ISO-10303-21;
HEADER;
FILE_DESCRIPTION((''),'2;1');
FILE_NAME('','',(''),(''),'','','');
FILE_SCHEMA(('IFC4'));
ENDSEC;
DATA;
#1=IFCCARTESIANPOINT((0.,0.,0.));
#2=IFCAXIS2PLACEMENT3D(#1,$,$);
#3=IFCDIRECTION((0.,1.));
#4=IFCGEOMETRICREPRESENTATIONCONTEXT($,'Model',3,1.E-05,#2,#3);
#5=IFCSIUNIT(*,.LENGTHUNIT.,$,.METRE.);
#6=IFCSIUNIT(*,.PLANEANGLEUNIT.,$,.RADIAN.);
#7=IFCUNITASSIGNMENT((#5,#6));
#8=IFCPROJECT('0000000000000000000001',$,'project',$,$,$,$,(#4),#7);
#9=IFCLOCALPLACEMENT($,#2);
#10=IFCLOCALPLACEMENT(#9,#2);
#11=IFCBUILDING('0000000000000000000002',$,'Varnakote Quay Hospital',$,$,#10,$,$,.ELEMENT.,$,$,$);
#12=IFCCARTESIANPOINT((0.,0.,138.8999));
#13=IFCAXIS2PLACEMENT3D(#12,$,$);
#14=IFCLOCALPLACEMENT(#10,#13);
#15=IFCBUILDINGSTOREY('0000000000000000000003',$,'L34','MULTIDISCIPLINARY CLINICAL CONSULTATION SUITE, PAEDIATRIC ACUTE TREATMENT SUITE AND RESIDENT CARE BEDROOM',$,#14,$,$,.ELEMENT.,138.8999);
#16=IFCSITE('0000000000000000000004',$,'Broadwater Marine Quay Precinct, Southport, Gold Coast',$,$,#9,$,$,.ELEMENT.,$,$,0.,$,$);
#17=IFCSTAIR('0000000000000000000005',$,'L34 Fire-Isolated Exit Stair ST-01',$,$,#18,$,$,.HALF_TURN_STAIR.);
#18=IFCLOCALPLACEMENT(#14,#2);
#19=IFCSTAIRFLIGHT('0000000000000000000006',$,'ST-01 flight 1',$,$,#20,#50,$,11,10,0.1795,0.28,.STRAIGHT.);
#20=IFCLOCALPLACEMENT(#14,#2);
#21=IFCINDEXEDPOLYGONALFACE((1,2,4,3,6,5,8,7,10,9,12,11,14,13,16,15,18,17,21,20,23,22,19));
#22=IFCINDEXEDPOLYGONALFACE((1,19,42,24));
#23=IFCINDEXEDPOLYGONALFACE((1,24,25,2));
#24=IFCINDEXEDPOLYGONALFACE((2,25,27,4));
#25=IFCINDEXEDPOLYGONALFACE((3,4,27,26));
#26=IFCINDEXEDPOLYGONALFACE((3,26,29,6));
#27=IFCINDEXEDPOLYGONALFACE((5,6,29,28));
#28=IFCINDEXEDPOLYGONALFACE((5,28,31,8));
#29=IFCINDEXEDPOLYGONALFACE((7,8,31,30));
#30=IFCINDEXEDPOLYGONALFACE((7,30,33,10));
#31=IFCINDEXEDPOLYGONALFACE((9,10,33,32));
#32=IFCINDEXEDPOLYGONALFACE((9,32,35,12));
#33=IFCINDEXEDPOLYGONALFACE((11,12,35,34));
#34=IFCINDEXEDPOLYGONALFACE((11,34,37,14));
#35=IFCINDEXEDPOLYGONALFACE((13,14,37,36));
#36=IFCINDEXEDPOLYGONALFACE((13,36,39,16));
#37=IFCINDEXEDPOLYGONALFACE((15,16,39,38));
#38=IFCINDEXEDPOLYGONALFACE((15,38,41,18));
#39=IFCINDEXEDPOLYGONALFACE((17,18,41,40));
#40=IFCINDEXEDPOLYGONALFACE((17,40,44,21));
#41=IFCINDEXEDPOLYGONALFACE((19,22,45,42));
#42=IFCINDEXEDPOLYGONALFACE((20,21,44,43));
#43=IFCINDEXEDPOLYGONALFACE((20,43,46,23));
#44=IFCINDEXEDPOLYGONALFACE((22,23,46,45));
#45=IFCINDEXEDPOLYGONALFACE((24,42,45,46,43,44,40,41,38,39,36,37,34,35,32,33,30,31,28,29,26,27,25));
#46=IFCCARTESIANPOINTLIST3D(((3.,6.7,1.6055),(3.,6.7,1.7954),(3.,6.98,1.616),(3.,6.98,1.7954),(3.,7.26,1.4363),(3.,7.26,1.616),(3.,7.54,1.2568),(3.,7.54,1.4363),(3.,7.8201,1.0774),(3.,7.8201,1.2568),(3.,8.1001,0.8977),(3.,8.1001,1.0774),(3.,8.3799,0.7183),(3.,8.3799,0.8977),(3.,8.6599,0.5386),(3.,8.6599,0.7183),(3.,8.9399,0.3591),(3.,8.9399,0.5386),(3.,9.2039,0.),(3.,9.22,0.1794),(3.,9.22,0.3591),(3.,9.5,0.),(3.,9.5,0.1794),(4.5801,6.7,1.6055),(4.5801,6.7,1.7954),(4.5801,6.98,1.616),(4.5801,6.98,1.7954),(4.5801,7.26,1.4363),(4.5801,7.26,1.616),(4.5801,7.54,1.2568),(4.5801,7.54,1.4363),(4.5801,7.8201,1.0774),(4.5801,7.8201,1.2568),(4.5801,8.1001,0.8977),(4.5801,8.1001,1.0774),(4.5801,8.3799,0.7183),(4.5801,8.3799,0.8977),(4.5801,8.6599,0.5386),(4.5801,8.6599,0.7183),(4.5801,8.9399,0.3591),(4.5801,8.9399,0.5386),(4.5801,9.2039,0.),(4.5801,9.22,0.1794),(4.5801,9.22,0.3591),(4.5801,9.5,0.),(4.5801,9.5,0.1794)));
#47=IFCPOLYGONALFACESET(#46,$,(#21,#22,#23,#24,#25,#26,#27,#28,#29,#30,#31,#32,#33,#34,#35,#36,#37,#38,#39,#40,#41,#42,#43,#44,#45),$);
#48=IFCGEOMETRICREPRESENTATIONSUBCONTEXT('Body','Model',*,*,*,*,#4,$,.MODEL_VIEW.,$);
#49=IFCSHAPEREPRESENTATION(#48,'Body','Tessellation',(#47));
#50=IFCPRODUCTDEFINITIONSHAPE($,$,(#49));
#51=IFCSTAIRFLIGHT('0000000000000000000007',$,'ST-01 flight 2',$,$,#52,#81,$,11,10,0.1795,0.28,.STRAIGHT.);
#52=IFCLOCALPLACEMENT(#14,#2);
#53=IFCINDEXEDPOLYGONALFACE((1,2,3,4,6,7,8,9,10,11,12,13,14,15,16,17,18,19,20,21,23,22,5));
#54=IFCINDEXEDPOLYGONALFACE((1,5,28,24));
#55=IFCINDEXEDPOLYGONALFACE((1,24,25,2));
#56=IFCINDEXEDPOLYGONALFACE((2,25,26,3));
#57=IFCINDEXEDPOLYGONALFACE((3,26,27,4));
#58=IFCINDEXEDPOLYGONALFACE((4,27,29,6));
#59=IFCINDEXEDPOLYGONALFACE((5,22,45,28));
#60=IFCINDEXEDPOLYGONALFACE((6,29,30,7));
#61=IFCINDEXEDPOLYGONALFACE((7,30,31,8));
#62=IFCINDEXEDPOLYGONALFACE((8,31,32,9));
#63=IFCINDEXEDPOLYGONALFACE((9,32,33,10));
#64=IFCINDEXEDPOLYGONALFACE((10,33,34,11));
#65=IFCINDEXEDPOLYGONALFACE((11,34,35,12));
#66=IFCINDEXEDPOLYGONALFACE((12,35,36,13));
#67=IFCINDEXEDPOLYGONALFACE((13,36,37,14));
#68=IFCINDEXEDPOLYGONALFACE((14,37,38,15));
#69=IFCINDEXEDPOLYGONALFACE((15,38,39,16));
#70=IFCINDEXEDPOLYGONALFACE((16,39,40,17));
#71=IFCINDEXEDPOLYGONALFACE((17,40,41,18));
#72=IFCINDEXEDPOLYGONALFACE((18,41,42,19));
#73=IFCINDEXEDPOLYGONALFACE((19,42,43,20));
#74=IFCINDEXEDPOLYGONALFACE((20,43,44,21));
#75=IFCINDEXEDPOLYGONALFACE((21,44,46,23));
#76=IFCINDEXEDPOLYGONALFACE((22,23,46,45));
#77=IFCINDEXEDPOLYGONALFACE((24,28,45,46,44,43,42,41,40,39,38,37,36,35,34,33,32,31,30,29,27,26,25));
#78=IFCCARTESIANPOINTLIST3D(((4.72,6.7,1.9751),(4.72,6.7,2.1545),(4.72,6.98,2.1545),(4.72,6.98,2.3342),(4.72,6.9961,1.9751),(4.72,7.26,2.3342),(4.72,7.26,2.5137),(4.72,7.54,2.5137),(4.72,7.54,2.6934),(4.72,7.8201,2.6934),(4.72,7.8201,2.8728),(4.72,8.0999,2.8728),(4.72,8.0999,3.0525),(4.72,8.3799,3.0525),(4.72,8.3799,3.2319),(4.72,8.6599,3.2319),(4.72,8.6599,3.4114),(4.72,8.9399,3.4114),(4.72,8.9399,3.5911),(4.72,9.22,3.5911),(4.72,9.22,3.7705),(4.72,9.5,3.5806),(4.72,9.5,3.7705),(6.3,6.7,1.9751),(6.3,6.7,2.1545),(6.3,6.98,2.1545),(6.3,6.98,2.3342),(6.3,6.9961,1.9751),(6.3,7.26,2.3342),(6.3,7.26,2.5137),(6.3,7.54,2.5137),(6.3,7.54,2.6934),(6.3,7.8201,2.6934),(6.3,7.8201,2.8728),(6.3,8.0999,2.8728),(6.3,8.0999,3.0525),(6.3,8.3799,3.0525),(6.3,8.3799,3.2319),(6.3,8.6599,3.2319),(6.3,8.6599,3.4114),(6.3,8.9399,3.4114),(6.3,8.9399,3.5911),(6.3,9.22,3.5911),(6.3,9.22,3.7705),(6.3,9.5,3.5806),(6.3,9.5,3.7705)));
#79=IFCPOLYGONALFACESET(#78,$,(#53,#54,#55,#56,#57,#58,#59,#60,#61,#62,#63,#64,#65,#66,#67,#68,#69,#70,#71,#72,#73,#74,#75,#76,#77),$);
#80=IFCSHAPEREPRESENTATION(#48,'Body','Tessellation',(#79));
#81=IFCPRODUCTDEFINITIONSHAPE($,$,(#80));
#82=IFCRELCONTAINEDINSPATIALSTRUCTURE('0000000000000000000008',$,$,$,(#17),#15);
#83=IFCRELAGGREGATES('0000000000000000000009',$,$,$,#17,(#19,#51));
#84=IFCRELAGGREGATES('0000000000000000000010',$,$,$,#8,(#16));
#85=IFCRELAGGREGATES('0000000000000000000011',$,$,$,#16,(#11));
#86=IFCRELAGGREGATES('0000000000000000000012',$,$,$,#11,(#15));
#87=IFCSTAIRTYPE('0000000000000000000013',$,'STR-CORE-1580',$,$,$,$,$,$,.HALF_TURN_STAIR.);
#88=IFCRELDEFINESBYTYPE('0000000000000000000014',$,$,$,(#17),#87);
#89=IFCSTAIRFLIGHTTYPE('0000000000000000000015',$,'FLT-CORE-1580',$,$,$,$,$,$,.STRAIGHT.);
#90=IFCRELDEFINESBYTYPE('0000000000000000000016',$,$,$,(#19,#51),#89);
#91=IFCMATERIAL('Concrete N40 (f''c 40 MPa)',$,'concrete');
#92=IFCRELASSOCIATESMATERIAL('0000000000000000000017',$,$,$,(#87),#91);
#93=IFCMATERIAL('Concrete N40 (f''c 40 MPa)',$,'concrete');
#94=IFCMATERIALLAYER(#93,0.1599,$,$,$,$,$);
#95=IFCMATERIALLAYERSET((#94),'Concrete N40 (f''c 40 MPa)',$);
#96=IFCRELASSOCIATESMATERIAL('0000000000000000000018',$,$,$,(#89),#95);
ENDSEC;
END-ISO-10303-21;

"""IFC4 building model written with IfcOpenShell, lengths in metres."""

from ifc_helpers import new_model, si_unit, direction, frame, origin, place, context, subcontext, project, spatial, polyline, outline, extrude, material, layer, layer_set, type_object, element, aggregate, save


model = new_model("IFC4")

# Units and contexts
model_context = context("Model", 3, precision=1e-05, world=origin(), true_north=direction((0.0, 1.0)))
body_context = subcontext(model_context, "Body", "Model", "MODEL_VIEW")
ifc_project = project(units=[si_unit("LENGTHUNIT", "METRE"), si_unit("PLANEANGLEUNIT", "RADIAN")], contexts=[model_context])

# Site, building, storey
site_placement = place(None, origin())
site = spatial("IfcSite", under=ifc_project, at=site_placement, Name="Broadwater Marine Quay Precinct, Southport, Gold Coast", CompositionType="ELEMENT", RefElevation=0.0)
building_placement = place(site_placement, origin())
building = spatial("IfcBuilding", under=site, at=building_placement, Name="Varnakote Quay Hospital", CompositionType="ELEMENT")
storey_placement = place(building_placement, frame((0.0, 0.0, 138.8999)))
storey = spatial("IfcBuildingStorey", under=building, at=storey_placement, Name="L34", Description="MULTIDISCIPLINARY CLINICAL CONSULTATION SUITE, PAEDIATRIC ACUTE TREATMENT SUITE AND RESIDENT CARE BEDROOM", CompositionType="ELEMENT", Elevation=138.8999)

# Stair, stair flights
ifc_material_1 = material(Name="Concrete N40 (f'c 40 MPa)", Category="concrete")
stair_type = type_object("IfcStairType", Name="STR-CORE-1580", PredefinedType="HALF_TURN_STAIR", material=ifc_material_1)
stair_placement = place(storey_placement, origin())
stair = element("IfcStair", 1, at=stair_placement, inside=storey, type_object=stair_type, Name="L34 Fire-Isolated Exit Stair ST-01", PredefinedType="HALF_TURN_STAIR")
ifc_material_2 = material(Name="Concrete N40 (f'c 40 MPa)", Category="concrete")
ifc_layer_1 = layer(ifc_material_2, 0.1599)
ifc_layer_set_1 = layer_set([ifc_layer_1], Name="Concrete N40 (f'c 40 MPa)")
stair_flight_type = type_object("IfcStairFlightType", Name="FLT-CORE-1580", PredefinedType="STRAIGHT", material=ifc_layer_set_1)
stair_flight_1_placement = place(storey_placement, frame((3.79, 9.5, 0.0), z_axis=(0.0, 0.0, 1.0), x_axis=(0.0, -1.0, 0.0)))
stair_flight_1 = element("IfcStairFlight", 2, at=stair_flight_1_placement, type_object=stair_flight_type, Name="ST-01 flight 1", NumberOfRisers=11, NumberOfTreads=10, PredefinedType="STRAIGHT", RiserHeight=0.1795, TreadLength=0.28, context=body_context, shape_type="SweptSolid", body=[
    extrude(outline(polyline([(0.0, 0.0), (0.0, 0.1794), (0.28, 0.1794), (0.28, 0.3591), (0.5601, 0.3591), (0.5601, 0.5386), (0.8401, 0.5386), (0.8401, 0.7183), (1.1201, 0.7183), (1.1201, 0.8977), (1.3999, 0.8977), (1.3999, 1.0774), (1.6799, 1.0774), (1.6799, 1.2568), (1.96, 1.2568), (1.96, 1.4363), (2.24, 1.4363), (2.24, 1.616), (2.52, 1.616), (2.52, 1.7954), (2.8, 1.7954), (2.8, 1.9751), (2.8, 1.6055), (0.2961, 0.0), (0.0, 0.0)])), frame((0.0, 0.79, 0.0), z_axis=(0.0, -1.0, 0.0), x_axis=(1.0, 0.0, 0.0)), (0.0, 0.0, 1.0), 1.5801),
])
stair_flight_2_placement = place(storey_placement, frame((5.51, 6.7, 1.9751), z_axis=(0.0, 0.0, 1.0), x_axis=(0.0, 1.0, 0.0)))
stair_flight_2 = element("IfcStairFlight", 3, at=stair_flight_2_placement, type_object=stair_flight_type, Name="ST-01 flight 2", NumberOfRisers=11, NumberOfTreads=10, PredefinedType="STRAIGHT", RiserHeight=0.1795, TreadLength=0.28, context=body_context, shape_type="SweptSolid", body=[
    extrude(outline(polyline([(0.0, 0.0), (0.0, 0.1794), (0.28, 0.1794), (0.28, 0.3591), (0.5601, 0.3591), (0.5601, 0.5386), (0.8401, 0.5386), (0.8401, 0.7183), (1.1201, 0.7183), (1.1201, 0.8977), (1.3999, 0.8977), (1.3999, 1.0774), (1.6799, 1.0774), (1.6799, 1.2568), (1.96, 1.2568), (1.96, 1.4363), (2.24, 1.4363), (2.24, 1.616), (2.52, 1.616), (2.52, 1.7954), (2.8, 1.7954), (2.8, 1.9751), (2.8, 1.6055), (0.2961, 0.0), (0.0, 0.0)])), frame((0.0, 0.79, 0.0), z_axis=(0.0, -1.0, 0.0), x_axis=(1.0, 0.0, 0.0)), (0.0, 0.0, 1.0), 1.5801),
])
aggregate(stair, [stair_flight_1, stair_flight_2])

save(model, "model.ifc")
